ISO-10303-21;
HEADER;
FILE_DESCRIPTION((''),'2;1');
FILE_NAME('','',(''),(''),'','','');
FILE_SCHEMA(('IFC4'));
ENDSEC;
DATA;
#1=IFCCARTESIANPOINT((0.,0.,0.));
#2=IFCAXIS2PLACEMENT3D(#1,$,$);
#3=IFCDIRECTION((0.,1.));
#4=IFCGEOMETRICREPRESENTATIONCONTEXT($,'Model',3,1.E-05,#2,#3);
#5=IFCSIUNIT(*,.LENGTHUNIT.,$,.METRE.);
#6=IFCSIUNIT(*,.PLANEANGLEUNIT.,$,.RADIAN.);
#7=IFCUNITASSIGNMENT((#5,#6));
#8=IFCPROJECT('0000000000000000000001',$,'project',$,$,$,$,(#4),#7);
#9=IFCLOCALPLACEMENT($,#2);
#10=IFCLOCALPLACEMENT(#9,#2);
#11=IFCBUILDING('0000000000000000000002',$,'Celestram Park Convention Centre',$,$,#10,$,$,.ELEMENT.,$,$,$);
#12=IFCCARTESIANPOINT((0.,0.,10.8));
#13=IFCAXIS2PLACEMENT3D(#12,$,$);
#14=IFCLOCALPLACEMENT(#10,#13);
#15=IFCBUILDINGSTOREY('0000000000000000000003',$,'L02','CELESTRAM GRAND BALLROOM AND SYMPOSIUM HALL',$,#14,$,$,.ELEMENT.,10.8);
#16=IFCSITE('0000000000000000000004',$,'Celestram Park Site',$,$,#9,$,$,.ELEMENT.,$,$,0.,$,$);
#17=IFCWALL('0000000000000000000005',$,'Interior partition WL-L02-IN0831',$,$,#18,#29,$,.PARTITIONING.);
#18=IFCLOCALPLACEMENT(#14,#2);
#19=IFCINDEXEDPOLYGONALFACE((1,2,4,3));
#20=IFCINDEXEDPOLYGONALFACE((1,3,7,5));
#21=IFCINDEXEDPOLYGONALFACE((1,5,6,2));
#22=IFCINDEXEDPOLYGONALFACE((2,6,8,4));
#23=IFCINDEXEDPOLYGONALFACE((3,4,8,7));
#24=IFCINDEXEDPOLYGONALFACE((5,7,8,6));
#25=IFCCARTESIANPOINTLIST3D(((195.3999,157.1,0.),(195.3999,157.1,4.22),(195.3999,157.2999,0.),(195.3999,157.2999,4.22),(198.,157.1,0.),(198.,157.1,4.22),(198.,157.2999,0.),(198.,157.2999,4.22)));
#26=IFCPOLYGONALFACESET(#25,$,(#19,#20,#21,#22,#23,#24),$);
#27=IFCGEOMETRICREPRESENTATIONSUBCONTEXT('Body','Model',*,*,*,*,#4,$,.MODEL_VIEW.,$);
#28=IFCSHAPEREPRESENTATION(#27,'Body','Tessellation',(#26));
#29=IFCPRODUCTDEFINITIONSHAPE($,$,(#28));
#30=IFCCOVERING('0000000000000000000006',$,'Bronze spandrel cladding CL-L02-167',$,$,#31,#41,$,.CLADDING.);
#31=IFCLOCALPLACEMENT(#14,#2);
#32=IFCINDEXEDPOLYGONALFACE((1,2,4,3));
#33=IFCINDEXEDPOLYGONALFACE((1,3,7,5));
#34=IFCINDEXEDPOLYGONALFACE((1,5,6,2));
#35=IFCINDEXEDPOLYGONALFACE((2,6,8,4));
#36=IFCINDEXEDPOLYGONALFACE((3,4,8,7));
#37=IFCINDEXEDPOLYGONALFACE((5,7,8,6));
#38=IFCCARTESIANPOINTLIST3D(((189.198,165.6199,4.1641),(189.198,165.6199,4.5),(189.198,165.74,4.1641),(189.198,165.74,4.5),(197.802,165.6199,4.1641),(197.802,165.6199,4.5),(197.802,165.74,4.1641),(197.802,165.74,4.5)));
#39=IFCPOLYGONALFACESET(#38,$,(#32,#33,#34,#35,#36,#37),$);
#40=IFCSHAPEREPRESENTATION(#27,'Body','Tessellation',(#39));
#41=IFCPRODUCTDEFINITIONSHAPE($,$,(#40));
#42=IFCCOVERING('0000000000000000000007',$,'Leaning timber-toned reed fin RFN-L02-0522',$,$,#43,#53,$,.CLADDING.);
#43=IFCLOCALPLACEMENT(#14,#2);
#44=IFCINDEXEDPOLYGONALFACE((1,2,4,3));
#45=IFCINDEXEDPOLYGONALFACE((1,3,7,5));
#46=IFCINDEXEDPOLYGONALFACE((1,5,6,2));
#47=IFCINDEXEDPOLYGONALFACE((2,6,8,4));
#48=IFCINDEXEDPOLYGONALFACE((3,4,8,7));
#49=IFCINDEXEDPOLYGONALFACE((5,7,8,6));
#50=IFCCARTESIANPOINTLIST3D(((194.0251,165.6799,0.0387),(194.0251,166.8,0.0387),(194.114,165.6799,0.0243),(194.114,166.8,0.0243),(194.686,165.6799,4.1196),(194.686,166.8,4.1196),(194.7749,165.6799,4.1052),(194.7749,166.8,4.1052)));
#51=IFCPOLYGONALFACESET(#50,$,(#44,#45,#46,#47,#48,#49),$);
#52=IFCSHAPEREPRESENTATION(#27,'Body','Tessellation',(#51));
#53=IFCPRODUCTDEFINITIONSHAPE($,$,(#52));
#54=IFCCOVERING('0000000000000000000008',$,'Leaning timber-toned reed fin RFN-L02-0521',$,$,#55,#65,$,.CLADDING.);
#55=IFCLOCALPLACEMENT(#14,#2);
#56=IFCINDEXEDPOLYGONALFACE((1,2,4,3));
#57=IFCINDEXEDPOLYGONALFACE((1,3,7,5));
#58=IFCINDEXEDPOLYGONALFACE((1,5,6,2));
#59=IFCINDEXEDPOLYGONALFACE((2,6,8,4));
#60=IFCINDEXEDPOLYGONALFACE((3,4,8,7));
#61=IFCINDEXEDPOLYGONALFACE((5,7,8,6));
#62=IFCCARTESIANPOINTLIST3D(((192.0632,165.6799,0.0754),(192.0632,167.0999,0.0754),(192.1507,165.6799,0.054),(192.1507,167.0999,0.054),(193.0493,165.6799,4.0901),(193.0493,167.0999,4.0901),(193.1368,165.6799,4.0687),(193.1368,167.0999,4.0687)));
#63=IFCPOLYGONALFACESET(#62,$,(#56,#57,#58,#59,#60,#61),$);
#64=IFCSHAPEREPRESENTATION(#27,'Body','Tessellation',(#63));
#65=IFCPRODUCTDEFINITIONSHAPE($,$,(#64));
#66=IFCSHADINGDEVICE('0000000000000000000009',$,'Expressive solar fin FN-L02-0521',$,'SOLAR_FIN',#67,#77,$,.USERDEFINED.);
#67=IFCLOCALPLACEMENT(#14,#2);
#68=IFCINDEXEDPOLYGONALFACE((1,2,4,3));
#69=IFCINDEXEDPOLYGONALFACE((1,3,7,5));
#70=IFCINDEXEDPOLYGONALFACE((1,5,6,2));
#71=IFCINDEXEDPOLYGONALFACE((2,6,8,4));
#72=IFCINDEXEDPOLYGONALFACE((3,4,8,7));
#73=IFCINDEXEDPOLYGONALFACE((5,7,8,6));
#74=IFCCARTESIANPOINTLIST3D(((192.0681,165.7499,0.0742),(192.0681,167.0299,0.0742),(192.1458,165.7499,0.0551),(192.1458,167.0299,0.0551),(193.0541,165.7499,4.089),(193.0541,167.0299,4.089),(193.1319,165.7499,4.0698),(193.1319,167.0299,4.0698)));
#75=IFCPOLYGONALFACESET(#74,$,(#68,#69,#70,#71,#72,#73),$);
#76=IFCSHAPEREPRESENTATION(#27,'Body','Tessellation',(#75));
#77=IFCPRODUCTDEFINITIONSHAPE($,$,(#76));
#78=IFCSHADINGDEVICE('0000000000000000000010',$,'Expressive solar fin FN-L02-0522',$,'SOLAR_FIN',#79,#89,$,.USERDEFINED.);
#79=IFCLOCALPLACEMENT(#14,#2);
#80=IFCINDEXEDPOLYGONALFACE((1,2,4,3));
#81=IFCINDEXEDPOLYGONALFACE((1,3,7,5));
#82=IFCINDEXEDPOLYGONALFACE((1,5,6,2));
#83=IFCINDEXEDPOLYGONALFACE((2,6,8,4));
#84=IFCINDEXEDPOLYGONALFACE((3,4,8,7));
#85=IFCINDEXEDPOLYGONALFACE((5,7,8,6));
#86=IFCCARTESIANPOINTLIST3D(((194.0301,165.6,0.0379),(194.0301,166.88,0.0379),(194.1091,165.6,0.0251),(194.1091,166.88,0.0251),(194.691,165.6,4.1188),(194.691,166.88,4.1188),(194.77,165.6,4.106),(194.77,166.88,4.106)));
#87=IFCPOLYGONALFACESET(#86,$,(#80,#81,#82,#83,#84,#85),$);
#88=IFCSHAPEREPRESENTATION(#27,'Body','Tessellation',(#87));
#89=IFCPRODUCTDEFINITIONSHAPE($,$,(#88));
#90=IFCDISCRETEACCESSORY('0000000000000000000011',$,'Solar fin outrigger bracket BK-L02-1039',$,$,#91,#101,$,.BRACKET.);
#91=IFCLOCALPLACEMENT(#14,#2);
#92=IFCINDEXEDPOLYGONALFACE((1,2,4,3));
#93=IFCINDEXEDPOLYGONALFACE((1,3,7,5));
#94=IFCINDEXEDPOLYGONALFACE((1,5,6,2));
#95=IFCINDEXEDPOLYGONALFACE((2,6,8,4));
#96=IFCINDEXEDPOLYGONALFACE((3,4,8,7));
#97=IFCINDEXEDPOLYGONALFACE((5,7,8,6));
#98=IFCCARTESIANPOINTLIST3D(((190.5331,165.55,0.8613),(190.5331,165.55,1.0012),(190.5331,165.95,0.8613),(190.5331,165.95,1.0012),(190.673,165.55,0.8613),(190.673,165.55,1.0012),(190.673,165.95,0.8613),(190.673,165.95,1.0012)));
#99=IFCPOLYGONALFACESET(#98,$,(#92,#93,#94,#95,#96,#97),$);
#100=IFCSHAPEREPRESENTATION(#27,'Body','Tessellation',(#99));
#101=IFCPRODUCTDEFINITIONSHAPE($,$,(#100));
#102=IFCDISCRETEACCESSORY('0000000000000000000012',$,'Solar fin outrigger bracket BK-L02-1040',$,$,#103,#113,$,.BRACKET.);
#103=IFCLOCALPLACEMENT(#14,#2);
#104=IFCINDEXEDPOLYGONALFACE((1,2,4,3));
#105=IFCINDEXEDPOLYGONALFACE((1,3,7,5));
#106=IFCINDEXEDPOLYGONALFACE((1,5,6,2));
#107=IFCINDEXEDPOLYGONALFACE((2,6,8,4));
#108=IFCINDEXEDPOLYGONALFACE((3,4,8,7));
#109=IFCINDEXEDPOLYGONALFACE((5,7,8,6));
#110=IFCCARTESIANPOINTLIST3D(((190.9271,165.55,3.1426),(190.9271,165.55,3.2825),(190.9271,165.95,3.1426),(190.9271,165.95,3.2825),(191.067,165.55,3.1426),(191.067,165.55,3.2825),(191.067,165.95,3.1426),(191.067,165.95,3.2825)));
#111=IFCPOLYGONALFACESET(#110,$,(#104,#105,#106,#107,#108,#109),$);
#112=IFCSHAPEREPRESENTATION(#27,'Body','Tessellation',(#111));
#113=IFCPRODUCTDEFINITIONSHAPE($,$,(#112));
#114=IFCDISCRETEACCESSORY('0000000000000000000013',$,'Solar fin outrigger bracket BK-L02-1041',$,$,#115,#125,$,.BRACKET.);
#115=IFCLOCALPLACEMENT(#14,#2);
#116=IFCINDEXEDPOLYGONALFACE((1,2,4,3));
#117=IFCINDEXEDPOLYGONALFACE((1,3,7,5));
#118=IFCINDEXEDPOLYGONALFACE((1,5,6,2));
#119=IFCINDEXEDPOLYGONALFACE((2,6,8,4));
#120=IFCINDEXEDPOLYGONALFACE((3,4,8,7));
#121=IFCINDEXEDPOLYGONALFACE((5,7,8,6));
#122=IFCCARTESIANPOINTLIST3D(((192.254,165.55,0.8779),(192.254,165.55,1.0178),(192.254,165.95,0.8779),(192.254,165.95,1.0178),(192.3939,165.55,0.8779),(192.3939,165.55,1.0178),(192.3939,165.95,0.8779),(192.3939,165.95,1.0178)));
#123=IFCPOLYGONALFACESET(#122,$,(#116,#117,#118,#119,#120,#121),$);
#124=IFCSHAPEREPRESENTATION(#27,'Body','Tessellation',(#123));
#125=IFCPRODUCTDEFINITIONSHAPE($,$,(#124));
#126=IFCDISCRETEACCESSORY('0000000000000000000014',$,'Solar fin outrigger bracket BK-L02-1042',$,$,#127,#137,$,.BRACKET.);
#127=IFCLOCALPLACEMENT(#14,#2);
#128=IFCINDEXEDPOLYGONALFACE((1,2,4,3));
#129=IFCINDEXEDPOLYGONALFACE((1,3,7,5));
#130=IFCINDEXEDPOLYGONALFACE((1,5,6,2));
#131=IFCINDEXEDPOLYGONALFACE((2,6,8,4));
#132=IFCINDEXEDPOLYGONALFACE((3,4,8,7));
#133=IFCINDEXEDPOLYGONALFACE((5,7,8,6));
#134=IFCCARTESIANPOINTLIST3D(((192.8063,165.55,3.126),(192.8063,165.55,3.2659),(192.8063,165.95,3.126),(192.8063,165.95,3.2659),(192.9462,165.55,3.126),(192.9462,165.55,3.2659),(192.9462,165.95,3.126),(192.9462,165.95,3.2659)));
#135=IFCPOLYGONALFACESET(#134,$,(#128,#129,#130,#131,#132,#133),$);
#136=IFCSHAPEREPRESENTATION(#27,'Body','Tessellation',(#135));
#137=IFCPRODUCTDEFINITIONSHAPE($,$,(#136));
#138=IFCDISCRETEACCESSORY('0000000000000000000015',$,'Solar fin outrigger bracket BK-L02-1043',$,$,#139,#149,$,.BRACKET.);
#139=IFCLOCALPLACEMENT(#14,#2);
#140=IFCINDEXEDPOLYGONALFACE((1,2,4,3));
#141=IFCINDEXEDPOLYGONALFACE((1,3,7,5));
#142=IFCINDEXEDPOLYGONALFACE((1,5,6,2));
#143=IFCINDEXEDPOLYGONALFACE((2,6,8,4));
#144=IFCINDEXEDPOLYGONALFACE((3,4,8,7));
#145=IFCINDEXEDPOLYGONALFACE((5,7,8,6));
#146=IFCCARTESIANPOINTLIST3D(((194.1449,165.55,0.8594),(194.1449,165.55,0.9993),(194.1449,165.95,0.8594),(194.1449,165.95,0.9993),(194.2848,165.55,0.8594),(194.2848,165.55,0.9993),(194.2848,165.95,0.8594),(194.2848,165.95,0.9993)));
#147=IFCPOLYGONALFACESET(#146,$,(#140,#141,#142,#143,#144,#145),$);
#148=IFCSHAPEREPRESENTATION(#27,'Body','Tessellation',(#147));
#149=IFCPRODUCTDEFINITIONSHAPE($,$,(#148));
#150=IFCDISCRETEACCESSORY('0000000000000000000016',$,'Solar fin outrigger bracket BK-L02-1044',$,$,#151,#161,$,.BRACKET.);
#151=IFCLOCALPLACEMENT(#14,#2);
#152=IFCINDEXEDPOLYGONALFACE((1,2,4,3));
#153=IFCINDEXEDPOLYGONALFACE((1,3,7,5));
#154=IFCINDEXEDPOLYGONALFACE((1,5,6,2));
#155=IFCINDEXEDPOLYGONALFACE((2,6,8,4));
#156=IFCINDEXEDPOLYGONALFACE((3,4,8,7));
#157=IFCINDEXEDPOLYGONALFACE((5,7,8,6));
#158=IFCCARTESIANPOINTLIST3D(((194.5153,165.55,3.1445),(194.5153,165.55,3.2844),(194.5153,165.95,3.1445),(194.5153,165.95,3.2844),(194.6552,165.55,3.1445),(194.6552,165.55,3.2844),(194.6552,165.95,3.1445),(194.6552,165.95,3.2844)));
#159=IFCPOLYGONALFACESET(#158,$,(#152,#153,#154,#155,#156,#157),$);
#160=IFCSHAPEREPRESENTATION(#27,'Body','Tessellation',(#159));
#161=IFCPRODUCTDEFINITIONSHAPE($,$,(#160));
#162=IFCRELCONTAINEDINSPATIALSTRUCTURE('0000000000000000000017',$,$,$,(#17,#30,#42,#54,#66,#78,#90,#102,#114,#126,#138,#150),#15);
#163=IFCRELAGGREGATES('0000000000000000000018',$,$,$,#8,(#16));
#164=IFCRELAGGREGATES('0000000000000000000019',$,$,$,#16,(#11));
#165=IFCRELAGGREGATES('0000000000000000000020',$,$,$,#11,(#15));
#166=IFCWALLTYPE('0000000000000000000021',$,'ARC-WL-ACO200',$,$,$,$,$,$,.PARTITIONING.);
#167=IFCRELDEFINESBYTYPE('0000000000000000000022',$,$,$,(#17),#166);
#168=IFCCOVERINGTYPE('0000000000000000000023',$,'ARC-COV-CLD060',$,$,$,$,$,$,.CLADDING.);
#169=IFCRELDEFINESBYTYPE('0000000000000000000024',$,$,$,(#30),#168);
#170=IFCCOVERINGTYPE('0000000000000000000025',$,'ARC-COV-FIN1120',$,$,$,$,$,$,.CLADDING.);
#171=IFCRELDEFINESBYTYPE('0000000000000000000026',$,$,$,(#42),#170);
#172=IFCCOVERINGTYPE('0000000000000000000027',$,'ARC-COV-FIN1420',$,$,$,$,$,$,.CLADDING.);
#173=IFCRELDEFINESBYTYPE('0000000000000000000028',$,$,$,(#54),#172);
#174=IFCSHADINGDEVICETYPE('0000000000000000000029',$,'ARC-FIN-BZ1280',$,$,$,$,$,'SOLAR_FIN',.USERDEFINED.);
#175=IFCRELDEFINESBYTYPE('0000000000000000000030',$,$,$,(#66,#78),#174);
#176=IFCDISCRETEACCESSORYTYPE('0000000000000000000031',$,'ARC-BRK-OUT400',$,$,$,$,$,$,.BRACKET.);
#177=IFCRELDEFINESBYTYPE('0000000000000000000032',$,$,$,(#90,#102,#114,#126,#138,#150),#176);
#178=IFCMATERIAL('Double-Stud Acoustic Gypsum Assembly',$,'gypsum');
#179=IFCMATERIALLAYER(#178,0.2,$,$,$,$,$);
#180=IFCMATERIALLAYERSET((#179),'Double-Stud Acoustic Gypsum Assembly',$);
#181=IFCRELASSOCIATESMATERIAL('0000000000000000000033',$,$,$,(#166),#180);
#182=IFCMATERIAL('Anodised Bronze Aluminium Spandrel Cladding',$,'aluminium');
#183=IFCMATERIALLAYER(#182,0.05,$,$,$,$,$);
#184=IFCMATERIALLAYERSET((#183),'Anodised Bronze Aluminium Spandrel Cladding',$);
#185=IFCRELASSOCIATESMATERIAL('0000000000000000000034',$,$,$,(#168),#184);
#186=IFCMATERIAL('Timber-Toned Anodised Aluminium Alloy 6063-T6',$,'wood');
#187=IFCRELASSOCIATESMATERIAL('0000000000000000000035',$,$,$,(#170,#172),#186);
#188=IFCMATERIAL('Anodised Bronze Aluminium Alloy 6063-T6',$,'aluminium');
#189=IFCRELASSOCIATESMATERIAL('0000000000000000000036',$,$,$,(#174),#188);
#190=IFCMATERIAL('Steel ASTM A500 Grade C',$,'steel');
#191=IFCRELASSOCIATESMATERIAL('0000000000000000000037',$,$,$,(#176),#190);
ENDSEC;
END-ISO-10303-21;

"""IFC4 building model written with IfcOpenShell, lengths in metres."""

from ifc_helpers import new_model, si_unit, direction, frame, frame_2d, origin, origin_2d, place, context, subcontext, project, spatial, rectangle, extrude, material, layer, layer_set, material_profile, profile_set, type_object, element, save


model = new_model("IFC4")

# Units and contexts
model_context = context("Model", 3, precision=1e-05, world=origin(), true_north=direction((0.0, 1.0)))
body_context = subcontext(model_context, "Body", "Model", "MODEL_VIEW")
ifc_project = project(units=[si_unit("LENGTHUNIT", "METRE"), si_unit("PLANEANGLEUNIT", "RADIAN")], contexts=[model_context])

# Site, building, storey
site_placement = place(None, origin())
site = spatial("IfcSite", under=ifc_project, at=site_placement, Name="Celestram Park Site", CompositionType="ELEMENT", RefElevation=0.0)
building_placement = place(site_placement, origin())
building = spatial("IfcBuilding", under=site, at=building_placement, Name="Celestram Park Convention Centre", CompositionType="ELEMENT")
storey_placement = place(building_placement, frame((0.0, 0.0, 10.8)))
storey = spatial("IfcBuildingStorey", under=building, at=storey_placement, Name="L02", Description="CELESTRAM GRAND BALLROOM AND SYMPOSIUM HALL", CompositionType="ELEMENT", Elevation=10.8)

# Wall
ifc_material_1 = material(Name="Double-Stud Acoustic Gypsum Assembly", Category="gypsum")
ifc_layer_1 = layer(ifc_material_1, 0.2)
ifc_layer_set_1 = layer_set([ifc_layer_1], Name="Double-Stud Acoustic Gypsum Assembly")
wall_type = type_object("IfcWallType", Name="ARC-WL-ACO200", PredefinedType="PARTITIONING", material=ifc_layer_set_1)
wall_placement = place(storey_placement, frame((195.3999, 157.2, 0.0), z_axis=(0.0, 0.0, 1.0), x_axis=(1.0, 0.0, 0.0)))
element("IfcWall", 1, at=wall_placement, inside=storey, type_object=wall_type, Name="Interior partition WL-L02-IN0831", PredefinedType="PARTITIONING", context=body_context, shape_type="SweptSolid", body=[
    extrude(rectangle(XDim=2.6001, YDim=0.2, at=frame_2d((1.3, 0.0))), origin(), (0.0, 0.0, 1.0), 4.22),
])

# Coverings
ifc_material_2 = material(Name="Anodised Bronze Aluminium Spandrel Cladding", Category="aluminium")
ifc_layer_2 = layer(ifc_material_2, 0.05)
ifc_layer_set_2 = layer_set([ifc_layer_2], Name="Anodised Bronze Aluminium Spandrel Cladding")
covering_type_1 = type_object("IfcCoveringType", Name="ARC-COV-CLD060", PredefinedType="CLADDING", material=ifc_layer_set_2)
covering_1_placement = place(storey_placement, frame((193.5, 165.6799, 4.1641), z_axis=(0.0, 0.0, 1.0), x_axis=(1.0, 0.0, 0.0)))
element("IfcCovering", 2, at=covering_1_placement, inside=storey, type_object=covering_type_1, Name="Bronze spandrel cladding CL-L02-167", PredefinedType="CLADDING", context=body_context, shape_type="SweptSolid", body=[
    extrude(rectangle(XDim=8.604, YDim=0.1201, at=origin_2d()), origin(), (0.0, 0.0, 1.0), 0.3359),
])
ifc_material_3 = material(Name="Timber-Toned Anodised Aluminium Alloy 6063-T6", Category="wood")
ifc_material_profile_1 = material_profile(ifc_material_3, rectangle(XDim=1.1201, YDim=0.0901, at=origin_2d()), Name="REED1120X90")
ifc_profile_set_1 = profile_set([ifc_material_profile_1], Name="Timber-Toned Anodised Aluminium Alloy 6063-T6")
covering_type_2 = type_object("IfcCoveringType", Name="ARC-COV-FIN1120", PredefinedType="CLADDING", material=ifc_profile_set_1)
covering_2_placement = place(storey_placement, frame((194.0696, 166.24, 0.0315), z_axis=(0.159867, 0.0, 0.987138), x_axis=(0.0, 1.0, 0.0)))
element("IfcCovering", 3, at=covering_2_placement, inside=storey, type_object=covering_type_2, Name="Leaning timber-toned reed fin RFN-L02-0522", PredefinedType="CLADDING", context=body_context, shape_type="SweptSolid", body=[
    extrude(rectangle(XDim=1.1201, YDim=0.0901, at=origin_2d()), origin(), (0.0, 0.0, 1.0), 4.134),
])
ifc_material_profile_2 = material_profile(ifc_material_3, rectangle(XDim=1.4199, YDim=0.0901, at=origin_2d()), Name="REED1420X90")
ifc_profile_set_2 = profile_set([ifc_material_profile_2], Name="Timber-Toned Anodised Aluminium Alloy 6063-T6")
covering_type_3 = type_object("IfcCoveringType", Name="ARC-COV-FIN1420", PredefinedType="CLADDING", material=ifc_profile_set_2)
covering_3_placement = place(storey_placement, frame((192.1069, 166.3899, 0.0647), z_axis=(0.238532, 0.0, 0.971135), x_axis=(0.0, 1.0, 0.0)))
element("IfcCovering", 4, at=covering_3_placement, inside=storey, type_object=covering_type_3, Name="Leaning timber-toned reed fin RFN-L02-0521", PredefinedType="CLADDING", context=body_context, shape_type="SweptSolid", body=[
    extrude(rectangle(XDim=1.4199, YDim=0.0901, at=origin_2d()), origin(), (0.0, 0.0, 1.0), 4.134),
])

# Shading devices
ifc_material_4 = material(Name="Anodised Bronze Aluminium Alloy 6063-T6", Category="aluminium")
ifc_material_profile_3 = material_profile(ifc_material_4, rectangle(XDim=1.28, YDim=0.0801, at=origin_2d()), Name="FIN1280X80")
ifc_profile_set_3 = profile_set([ifc_material_profile_3], Name="Anodised Bronze Aluminium Alloy 6063-T6")
shading_device_type = type_object("IfcShadingDeviceType", Name="ARC-FIN-BZ1280", ElementType="SOLAR_FIN", PredefinedType="USERDEFINED", material=ifc_profile_set_3)
for number, where, z_axis, x_axis, name in (
    (5, (192.1069, 166.3899, 0.0647), (0.238532, 0.0, 0.971135), (0.0, 1.0, 0.0), "Expressive solar fin FN-L02-0521"),
    (6, (194.0696, 166.24, 0.0315), (0.159867, 0.0, 0.987138), (0.0, 1.0, 0.0), "Expressive solar fin FN-L02-0522"),
):
    element("IfcShadingDevice", number, at=place(storey_placement, frame(where, z_axis=z_axis, x_axis=x_axis)), inside=storey, type_object=shading_device_type, Name=name, ObjectType="SOLAR_FIN", PredefinedType="USERDEFINED", context=body_context, shape_type="SweptSolid", body=[
        extrude(rectangle(XDim=1.28, YDim=0.0801, at=origin_2d()), origin(), (0.0, 0.0, 1.0), 4.134),
    ])

# Discrete accessories
ifc_material_5 = material(Name="Steel ASTM A500 Grade C", Category="steel")
discrete_accessory_type = type_object("IfcDiscreteAccessoryType", Name="ARC-BRK-OUT400", PredefinedType="BRACKET", material=ifc_material_5)
for number, where, z_axis, x_axis, name in (
    (7, (190.603, 165.75, 0.8613), (0.0, 0.0, 1.0), (0.0, 1.0, 0.0), "Solar fin outrigger bracket BK-L02-1039"),
    (8, (190.9971, 165.75, 3.1426), (0.0, 0.0, 1.0), (0.0, 1.0, 0.0), "Solar fin outrigger bracket BK-L02-1040"),
    (9, (192.324, 165.75, 0.8779), (0.0, 0.0, 1.0), (0.0, 1.0, 0.0), "Solar fin outrigger bracket BK-L02-1041"),
    (10, (192.8762, 165.75, 3.126), (0.0, 0.0, 1.0), (0.0, 1.0, 0.0), "Solar fin outrigger bracket BK-L02-1042"),
    (11, (194.2148, 165.75, 0.8594), (0.0, 0.0, 1.0), (0.0, 1.0, 0.0), "Solar fin outrigger bracket BK-L02-1043"),
    (12, (194.5852, 165.75, 3.1445), (0.0, 0.0, 1.0), (0.0, 1.0, 0.0), "Solar fin outrigger bracket BK-L02-1044"),
):
    element("IfcDiscreteAccessory", number, at=place(storey_placement, frame(where, z_axis=z_axis, x_axis=x_axis)), inside=storey, type_object=discrete_accessory_type, Name=name, PredefinedType="BRACKET", context=body_context, shape_type="SweptSolid", body=[
        extrude(rectangle(XDim=0.3999, YDim=0.1399, at=origin_2d()), origin(), (0.0, 0.0, 1.0), 0.1399),
    ])

save(model, "model.ifc")
